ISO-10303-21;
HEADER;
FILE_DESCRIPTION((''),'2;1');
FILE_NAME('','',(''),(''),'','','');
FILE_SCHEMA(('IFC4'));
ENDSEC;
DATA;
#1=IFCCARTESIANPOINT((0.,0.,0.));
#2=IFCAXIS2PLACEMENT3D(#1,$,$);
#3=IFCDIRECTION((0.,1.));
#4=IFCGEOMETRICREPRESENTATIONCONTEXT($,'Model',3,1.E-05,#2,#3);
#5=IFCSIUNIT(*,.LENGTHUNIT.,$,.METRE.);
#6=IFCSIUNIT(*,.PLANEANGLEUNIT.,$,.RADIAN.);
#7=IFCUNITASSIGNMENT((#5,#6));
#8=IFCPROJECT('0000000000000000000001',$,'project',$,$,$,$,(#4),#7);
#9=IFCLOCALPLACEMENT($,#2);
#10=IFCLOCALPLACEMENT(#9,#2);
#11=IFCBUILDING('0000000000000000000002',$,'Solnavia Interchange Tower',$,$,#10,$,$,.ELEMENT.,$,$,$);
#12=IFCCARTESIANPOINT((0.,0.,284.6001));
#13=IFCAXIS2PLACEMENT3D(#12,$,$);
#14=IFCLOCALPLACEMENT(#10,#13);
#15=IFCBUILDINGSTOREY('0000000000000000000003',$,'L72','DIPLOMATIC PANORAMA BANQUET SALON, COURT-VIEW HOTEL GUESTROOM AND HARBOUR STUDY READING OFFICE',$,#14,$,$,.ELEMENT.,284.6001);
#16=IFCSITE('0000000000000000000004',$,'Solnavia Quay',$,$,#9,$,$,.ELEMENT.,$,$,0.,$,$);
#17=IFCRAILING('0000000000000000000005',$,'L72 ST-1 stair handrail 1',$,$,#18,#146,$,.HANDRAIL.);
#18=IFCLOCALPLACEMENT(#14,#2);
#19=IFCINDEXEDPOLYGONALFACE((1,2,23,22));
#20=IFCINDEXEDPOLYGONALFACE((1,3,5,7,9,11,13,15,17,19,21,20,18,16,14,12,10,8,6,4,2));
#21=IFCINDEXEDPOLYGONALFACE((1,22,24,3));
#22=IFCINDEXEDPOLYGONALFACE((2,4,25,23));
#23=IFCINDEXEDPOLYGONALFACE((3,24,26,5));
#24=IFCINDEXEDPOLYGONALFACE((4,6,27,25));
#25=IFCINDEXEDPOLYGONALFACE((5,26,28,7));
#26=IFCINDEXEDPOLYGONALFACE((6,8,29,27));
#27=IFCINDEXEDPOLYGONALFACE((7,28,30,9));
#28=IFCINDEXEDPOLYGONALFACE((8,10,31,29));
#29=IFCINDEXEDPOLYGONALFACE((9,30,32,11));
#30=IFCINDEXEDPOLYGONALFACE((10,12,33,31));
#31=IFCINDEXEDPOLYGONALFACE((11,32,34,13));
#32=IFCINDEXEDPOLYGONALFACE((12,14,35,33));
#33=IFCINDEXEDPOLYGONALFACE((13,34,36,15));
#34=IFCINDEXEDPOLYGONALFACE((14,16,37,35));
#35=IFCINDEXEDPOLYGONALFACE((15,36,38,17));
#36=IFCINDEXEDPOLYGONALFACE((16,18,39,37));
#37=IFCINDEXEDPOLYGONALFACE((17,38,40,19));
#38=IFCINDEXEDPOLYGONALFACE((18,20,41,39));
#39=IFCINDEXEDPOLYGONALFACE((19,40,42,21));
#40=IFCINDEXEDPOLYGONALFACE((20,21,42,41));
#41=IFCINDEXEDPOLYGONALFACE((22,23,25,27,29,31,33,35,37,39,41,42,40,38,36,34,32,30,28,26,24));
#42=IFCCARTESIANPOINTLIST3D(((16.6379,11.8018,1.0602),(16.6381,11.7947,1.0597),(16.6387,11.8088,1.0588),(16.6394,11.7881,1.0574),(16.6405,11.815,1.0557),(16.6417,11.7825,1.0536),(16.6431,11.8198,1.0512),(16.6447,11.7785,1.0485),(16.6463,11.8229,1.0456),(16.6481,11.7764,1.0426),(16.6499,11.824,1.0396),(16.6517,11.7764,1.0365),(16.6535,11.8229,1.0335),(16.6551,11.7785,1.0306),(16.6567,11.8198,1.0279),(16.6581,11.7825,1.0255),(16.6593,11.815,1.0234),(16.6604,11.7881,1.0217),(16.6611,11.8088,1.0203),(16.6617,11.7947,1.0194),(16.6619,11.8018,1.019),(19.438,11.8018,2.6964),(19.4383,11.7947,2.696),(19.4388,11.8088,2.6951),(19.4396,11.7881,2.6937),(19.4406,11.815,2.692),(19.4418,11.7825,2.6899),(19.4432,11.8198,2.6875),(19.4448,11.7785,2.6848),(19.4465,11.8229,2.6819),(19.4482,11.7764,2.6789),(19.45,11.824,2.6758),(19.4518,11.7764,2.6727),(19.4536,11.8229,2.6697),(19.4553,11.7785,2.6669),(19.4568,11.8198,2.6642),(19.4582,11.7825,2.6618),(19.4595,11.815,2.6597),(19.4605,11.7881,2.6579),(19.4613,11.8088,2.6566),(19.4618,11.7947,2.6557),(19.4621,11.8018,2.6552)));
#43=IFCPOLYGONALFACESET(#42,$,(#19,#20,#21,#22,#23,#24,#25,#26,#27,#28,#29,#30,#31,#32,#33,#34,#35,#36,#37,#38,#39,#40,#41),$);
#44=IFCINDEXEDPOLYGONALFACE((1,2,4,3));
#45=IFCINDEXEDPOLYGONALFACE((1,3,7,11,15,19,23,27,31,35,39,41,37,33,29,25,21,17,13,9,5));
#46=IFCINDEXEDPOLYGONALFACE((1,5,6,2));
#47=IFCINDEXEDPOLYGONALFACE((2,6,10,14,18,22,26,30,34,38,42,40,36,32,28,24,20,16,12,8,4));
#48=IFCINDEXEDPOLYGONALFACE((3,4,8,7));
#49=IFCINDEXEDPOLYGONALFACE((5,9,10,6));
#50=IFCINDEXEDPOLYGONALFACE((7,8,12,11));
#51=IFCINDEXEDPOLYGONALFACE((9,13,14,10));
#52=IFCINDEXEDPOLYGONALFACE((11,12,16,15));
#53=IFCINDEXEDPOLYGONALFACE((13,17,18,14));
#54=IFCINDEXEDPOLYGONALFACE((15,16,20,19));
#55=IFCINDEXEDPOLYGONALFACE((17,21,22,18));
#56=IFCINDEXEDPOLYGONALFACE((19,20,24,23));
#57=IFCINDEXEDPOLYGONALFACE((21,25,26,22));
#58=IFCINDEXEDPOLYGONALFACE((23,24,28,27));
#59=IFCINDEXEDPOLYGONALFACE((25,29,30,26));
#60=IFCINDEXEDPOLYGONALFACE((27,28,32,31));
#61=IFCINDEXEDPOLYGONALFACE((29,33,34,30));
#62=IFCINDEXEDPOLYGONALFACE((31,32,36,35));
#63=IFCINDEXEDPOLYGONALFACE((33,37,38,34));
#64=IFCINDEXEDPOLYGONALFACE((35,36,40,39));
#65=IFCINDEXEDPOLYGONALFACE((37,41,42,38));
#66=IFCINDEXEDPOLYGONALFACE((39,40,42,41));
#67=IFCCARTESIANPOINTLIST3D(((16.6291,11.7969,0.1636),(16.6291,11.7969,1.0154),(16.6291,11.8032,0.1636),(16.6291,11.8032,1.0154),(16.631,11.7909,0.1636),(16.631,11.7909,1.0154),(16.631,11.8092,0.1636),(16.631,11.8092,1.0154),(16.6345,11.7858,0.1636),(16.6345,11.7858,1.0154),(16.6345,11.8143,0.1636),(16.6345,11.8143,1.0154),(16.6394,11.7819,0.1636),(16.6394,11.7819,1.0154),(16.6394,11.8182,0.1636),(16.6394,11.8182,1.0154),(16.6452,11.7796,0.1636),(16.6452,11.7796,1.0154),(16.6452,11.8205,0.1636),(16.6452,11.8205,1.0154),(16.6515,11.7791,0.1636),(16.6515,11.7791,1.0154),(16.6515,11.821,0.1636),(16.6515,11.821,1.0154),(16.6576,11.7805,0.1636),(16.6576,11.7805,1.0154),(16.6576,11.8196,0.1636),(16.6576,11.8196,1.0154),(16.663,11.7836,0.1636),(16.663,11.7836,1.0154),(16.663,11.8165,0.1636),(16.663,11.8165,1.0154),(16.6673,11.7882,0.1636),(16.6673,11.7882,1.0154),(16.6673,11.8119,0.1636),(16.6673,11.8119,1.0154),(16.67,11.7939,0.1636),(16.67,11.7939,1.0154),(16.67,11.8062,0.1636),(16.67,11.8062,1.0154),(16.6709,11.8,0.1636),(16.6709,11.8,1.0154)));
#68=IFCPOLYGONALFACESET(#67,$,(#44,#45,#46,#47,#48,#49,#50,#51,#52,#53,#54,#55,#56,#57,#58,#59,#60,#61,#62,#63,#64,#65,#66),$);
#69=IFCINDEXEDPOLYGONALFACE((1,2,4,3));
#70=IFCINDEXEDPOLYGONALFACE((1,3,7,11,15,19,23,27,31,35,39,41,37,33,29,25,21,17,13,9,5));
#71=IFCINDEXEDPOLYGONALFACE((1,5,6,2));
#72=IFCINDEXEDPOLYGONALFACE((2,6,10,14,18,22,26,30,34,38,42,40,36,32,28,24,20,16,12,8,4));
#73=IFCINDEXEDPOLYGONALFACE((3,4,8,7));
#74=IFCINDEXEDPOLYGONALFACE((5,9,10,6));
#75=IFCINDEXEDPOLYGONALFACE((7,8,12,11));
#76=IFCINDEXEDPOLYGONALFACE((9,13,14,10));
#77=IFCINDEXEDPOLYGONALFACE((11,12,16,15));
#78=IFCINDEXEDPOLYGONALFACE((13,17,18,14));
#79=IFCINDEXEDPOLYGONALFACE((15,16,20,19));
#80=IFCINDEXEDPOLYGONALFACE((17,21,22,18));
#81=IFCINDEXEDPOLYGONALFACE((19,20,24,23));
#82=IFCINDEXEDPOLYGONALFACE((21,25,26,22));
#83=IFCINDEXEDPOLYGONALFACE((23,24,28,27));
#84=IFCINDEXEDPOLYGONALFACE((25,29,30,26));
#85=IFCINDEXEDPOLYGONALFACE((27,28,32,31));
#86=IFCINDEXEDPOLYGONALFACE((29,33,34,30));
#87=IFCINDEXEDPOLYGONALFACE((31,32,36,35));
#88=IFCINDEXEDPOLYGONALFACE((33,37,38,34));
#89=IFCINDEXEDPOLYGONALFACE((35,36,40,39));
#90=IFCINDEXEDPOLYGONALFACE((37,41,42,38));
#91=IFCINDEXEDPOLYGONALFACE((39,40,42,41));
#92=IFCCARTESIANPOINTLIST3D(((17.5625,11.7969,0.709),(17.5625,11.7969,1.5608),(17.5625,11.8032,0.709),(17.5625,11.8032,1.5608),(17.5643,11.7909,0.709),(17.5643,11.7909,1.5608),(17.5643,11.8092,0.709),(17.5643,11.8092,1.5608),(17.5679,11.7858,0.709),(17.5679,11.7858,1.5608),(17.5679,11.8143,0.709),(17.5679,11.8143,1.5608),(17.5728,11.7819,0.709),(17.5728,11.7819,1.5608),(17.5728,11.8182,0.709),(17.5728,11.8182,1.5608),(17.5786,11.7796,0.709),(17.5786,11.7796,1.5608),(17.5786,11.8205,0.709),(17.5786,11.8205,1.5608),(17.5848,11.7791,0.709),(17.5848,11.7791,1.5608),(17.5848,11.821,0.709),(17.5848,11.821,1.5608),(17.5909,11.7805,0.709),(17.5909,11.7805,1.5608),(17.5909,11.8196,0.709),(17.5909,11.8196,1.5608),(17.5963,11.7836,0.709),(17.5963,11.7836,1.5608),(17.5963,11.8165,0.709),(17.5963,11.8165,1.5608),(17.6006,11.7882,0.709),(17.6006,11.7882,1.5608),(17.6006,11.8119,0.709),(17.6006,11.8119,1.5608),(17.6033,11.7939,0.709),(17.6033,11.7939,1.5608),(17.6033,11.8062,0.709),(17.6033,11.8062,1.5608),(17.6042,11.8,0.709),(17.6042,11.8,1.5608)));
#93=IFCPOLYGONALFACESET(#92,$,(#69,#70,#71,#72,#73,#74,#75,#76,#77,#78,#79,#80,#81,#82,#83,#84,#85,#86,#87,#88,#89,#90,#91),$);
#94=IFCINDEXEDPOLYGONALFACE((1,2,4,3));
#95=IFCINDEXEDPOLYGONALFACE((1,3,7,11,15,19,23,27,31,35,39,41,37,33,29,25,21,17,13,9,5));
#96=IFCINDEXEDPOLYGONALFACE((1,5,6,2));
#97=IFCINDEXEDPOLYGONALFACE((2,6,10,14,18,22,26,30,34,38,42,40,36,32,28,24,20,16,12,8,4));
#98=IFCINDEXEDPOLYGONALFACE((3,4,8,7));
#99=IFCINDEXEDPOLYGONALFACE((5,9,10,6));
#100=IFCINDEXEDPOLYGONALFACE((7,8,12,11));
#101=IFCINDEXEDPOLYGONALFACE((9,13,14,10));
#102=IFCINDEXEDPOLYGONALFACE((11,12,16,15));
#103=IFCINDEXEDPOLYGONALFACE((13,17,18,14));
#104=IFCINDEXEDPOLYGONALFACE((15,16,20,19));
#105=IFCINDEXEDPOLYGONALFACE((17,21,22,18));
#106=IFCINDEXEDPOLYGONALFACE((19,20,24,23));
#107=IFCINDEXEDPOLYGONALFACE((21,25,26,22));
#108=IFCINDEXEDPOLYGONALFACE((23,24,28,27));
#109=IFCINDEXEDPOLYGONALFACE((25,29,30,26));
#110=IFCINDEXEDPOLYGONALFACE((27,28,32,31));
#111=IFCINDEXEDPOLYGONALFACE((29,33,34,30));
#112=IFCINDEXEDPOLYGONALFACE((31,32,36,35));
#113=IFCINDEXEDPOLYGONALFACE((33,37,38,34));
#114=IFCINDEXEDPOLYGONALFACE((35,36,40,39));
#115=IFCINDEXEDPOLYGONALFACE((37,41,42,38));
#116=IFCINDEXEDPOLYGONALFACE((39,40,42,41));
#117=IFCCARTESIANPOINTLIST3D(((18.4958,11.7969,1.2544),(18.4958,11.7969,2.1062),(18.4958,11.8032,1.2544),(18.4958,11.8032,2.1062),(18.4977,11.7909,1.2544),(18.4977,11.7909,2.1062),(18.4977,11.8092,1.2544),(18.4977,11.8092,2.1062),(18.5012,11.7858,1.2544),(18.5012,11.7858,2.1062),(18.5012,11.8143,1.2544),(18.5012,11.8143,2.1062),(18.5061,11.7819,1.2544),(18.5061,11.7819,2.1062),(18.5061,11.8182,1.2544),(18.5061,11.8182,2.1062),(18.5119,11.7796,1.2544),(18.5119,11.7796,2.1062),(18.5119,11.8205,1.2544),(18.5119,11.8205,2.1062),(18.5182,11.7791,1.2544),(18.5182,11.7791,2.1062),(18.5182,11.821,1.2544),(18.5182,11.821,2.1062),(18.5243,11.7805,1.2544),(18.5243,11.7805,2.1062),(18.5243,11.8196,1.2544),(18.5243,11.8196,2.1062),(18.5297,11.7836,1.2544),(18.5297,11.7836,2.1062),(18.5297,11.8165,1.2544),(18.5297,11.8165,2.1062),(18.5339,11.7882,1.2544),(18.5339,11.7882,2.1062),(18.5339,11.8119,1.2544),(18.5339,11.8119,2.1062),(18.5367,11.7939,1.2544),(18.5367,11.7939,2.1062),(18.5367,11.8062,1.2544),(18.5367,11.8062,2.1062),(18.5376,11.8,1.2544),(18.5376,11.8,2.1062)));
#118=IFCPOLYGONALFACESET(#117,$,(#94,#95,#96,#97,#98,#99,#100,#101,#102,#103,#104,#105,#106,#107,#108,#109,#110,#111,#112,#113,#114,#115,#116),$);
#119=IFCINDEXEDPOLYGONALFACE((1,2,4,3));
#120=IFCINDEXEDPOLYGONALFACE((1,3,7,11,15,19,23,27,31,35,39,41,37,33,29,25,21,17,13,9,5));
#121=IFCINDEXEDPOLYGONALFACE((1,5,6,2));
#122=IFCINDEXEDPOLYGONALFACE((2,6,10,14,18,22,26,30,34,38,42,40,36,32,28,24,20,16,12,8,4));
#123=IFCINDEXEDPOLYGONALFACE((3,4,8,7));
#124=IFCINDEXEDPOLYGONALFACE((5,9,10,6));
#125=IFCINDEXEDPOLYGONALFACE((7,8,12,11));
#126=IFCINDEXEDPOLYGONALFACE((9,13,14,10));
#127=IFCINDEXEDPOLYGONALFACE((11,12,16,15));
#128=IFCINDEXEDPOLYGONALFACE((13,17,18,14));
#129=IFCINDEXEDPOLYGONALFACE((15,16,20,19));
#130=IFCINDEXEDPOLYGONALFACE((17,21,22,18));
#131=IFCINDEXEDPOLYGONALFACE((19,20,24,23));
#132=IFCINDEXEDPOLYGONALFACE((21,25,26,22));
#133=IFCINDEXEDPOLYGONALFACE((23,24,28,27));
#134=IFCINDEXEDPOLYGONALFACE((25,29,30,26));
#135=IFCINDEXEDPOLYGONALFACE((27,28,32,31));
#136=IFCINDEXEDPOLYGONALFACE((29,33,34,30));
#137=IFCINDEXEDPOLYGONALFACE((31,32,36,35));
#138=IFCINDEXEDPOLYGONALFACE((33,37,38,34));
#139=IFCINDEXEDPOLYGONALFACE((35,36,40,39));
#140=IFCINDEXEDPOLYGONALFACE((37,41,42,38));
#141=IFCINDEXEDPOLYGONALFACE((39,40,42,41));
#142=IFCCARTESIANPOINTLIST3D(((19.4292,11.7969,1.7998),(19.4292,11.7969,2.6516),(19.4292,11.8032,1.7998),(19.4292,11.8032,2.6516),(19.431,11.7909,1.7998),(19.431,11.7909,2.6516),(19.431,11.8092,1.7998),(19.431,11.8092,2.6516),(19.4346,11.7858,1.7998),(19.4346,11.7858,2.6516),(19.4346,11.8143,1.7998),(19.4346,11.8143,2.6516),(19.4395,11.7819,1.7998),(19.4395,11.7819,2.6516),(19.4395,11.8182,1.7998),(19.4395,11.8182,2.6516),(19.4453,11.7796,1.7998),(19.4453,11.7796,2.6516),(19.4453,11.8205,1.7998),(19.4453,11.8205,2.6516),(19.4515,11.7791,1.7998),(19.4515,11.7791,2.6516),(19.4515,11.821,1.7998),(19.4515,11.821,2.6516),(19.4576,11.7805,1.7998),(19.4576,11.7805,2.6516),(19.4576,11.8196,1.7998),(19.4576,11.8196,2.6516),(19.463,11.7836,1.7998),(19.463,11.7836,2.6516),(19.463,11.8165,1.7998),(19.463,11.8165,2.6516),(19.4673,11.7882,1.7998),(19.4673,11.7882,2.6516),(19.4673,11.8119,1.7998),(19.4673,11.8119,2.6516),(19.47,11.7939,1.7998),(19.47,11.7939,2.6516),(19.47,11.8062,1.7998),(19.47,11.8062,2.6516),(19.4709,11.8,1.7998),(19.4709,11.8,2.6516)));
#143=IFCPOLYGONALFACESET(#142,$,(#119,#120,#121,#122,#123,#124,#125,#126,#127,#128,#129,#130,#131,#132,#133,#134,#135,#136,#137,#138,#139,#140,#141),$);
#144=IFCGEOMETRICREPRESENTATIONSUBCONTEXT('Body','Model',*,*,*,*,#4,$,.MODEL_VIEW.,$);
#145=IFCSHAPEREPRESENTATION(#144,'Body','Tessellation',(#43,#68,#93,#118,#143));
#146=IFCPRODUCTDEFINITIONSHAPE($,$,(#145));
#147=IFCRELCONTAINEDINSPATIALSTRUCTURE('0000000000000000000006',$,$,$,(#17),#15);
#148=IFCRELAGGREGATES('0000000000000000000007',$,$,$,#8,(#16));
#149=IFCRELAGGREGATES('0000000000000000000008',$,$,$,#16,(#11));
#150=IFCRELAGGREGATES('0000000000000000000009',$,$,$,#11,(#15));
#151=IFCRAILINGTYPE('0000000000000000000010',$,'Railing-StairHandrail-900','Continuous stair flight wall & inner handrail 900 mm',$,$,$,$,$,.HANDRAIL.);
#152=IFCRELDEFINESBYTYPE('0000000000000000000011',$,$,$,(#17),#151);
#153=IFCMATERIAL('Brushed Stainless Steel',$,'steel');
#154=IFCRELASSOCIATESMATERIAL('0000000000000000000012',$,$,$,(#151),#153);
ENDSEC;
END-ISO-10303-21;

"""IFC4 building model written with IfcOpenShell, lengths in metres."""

from ifc_helpers import new_model, si_unit, direction, frame, origin, origin_2d, place, context, subcontext, project, spatial, circle, extrude, material, type_object, element, save


model = new_model("IFC4")

# Units and contexts
model_context = context("Model", 3, precision=1e-05, world=origin(), true_north=direction((0.0, 1.0)))
body_context = subcontext(model_context, "Body", "Model", "MODEL_VIEW")
ifc_project = project(units=[si_unit("LENGTHUNIT", "METRE"), si_unit("PLANEANGLEUNIT", "RADIAN")], contexts=[model_context])

# Site, building, storey
site_placement = place(None, origin())
site = spatial("IfcSite", under=ifc_project, at=site_placement, Name="Solnavia Quay", CompositionType="ELEMENT", RefElevation=0.0)
building_placement = place(site_placement, origin())
building = spatial("IfcBuilding", under=site, at=building_placement, Name="Solnavia Interchange Tower", CompositionType="ELEMENT")
storey_placement = place(building_placement, frame((0.0, 0.0, 284.6001)))
storey = spatial("IfcBuildingStorey", under=building, at=storey_placement, Name="L72", Description="DIPLOMATIC PANORAMA BANQUET SALON, COURT-VIEW HOTEL GUESTROOM AND HARBOUR STUDY READING OFFICE", CompositionType="ELEMENT", Elevation=284.6001)

# Railing
ifc_material_1 = material(Name="Brushed Stainless Steel", Category="steel")
railing_type_1 = type_object("IfcRailingType", Name="Railing-StairHandrail-900", Description="Continuous stair flight wall & inner handrail 900 mm", PredefinedType="HANDRAIL", material=ifc_material_1)
railing_1_placement = place(storey_placement, frame((16.6499, 11.8, 0.1636)))
element("IfcRailing", 1, at=railing_1_placement, inside=storey, type_object=railing_type_1, Name="L72 ST-1 stair handrail 1", PredefinedType="HANDRAIL", context=body_context, shape_type="SweptSolid", body=[
    extrude(circle(Radius=0.0239, at=origin_2d()), frame((0.0, 0.0, 0.876), z_axis=(0.863394, 0.0, 0.504531), x_axis=(0.0, 1.0, 0.0)), (0.0, 0.0, 1.0), 3.2432),
    extrude(circle(Radius=0.021, at=origin_2d()), origin(), (0.0, 0.0, 1.0), 0.8518),
    extrude(circle(Radius=0.021, at=origin_2d()), frame((0.9333, 0.0, 0.5454)), (0.0, 0.0, 1.0), 0.8518),
    extrude(circle(Radius=0.021, at=origin_2d()), frame((1.8667, 0.0, 1.0908)), (0.0, 0.0, 1.0), 0.8518),
    extrude(circle(Radius=0.021, at=origin_2d()), frame((2.8, 0.0, 1.6362)), (0.0, 0.0, 1.0), 0.8518),
])

save(model, "model.ifc")
